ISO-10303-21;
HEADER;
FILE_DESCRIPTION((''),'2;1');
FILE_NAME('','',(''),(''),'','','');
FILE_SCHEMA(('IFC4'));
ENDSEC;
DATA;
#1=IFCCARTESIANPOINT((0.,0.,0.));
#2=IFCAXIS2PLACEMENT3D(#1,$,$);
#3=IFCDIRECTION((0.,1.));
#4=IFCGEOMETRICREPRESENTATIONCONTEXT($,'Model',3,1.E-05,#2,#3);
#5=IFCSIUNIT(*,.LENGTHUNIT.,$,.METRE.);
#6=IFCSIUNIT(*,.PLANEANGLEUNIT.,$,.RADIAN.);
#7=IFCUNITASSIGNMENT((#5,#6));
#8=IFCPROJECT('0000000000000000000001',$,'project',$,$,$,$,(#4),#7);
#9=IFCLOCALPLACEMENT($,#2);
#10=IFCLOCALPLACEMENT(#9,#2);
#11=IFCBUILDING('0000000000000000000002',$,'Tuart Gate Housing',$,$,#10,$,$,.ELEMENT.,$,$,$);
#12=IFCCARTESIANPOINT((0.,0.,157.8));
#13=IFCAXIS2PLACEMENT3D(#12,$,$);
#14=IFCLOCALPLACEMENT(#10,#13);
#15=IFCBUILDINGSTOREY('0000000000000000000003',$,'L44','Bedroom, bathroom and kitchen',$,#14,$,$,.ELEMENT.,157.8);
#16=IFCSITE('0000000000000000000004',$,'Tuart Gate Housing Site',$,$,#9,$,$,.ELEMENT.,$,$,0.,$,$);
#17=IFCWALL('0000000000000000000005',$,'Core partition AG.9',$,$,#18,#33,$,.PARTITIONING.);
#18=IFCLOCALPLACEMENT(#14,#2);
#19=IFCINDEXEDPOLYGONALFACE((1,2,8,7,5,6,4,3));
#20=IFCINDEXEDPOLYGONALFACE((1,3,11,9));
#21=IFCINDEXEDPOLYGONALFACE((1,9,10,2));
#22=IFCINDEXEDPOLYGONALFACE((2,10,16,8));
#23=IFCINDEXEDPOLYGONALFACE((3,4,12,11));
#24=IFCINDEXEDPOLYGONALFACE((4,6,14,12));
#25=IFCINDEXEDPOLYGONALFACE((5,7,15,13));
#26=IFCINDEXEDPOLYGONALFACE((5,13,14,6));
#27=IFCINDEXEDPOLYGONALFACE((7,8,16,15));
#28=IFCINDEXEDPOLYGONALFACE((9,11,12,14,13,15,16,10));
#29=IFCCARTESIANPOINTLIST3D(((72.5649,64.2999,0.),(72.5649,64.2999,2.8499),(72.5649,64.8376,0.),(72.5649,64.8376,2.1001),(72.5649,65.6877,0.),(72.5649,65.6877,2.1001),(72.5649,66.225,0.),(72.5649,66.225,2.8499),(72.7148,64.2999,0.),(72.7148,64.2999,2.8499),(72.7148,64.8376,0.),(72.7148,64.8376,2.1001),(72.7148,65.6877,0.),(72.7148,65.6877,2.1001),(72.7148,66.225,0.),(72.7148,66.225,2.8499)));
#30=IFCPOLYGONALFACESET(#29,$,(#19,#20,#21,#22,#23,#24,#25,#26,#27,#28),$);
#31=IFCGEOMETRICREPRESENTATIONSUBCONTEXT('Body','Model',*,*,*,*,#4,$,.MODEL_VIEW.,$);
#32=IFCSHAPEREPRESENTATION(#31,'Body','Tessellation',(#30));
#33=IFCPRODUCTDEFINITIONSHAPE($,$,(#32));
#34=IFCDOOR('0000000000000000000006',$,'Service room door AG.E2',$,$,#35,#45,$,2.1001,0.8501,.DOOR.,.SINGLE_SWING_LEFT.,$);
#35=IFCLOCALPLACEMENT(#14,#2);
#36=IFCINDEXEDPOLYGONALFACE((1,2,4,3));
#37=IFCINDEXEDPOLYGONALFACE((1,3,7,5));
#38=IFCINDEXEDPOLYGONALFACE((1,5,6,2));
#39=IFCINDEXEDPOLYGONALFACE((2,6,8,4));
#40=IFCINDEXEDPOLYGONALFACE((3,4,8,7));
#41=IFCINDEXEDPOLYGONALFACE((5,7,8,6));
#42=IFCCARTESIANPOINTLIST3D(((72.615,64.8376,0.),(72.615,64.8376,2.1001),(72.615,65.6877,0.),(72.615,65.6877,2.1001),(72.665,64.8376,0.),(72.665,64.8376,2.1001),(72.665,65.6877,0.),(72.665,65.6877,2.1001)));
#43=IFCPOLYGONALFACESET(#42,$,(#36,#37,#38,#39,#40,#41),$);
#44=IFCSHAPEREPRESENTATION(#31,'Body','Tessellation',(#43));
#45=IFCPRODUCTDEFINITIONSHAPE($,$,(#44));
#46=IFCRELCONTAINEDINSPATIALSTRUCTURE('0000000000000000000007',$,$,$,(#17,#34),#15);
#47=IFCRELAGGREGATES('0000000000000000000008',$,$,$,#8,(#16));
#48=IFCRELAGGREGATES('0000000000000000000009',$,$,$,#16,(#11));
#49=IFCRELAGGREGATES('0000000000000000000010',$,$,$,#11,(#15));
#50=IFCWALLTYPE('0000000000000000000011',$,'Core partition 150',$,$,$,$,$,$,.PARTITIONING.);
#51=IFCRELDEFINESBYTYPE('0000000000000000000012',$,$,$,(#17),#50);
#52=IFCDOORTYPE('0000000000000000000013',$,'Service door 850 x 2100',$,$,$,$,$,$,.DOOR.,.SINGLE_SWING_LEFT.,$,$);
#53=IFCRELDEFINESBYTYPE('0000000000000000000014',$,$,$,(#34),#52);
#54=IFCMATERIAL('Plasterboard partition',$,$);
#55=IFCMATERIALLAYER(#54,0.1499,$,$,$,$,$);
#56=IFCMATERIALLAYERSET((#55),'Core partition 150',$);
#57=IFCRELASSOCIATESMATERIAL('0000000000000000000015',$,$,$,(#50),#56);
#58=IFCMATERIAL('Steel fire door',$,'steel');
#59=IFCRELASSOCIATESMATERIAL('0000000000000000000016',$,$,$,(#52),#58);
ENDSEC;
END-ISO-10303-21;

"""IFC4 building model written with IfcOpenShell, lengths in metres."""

from ifc_helpers import new_model, si_unit, direction, frame, frame_2d, origin, place, context, subcontext, project, spatial, rectangle, extrude, material, layer, layer_set, type_object, element, fill, save


model = new_model("IFC4")

# Units and contexts
model_context = context("Model", 3, precision=1e-05, world=origin(), true_north=direction((0.0, 1.0)))
body_context = subcontext(model_context, "Body", "Model", "MODEL_VIEW")
ifc_project = project(units=[si_unit("LENGTHUNIT", "METRE"), si_unit("PLANEANGLEUNIT", "RADIAN")], contexts=[model_context])

# Site, building, storey
site_placement = place(None, origin())
site = spatial("IfcSite", under=ifc_project, at=site_placement, Name="Tuart Gate Housing Site", CompositionType="ELEMENT", RefElevation=0.0)
building_placement = place(site_placement, origin())
building = spatial("IfcBuilding", under=site, at=building_placement, Name="Tuart Gate Housing", CompositionType="ELEMENT")
storey_placement = place(building_placement, frame((0.0, 0.0, 157.8)))
storey = spatial("IfcBuildingStorey", under=building, at=storey_placement, Name="L44", Description="Bedroom, bathroom and kitchen", CompositionType="ELEMENT", Elevation=157.8)

# Wall, opening, door
ifc_material_1 = material(Name="Plasterboard partition")
ifc_layer_1 = layer(ifc_material_1, 0.1499)
ifc_layer_set_1 = layer_set([ifc_layer_1], Name="Core partition 150")
wall_type_1 = type_object("IfcWallType", Name="Core partition 150", PredefinedType="PARTITIONING", material=ifc_layer_set_1)
wall_1_placement = place(storey_placement, frame((72.6399, 64.3, 0.0), z_axis=(0.0, 0.0, 1.0), x_axis=(0.0, 1.0, 0.0)))
wall_1 = element("IfcWall", 1, at=wall_1_placement, inside=storey, type_object=wall_type_1, Name="Core partition AG.9", PredefinedType="PARTITIONING", context=body_context, shape_type="SweptSolid", body=[
    extrude(rectangle(XDim=1.925, YDim=0.1499, at=frame_2d((0.9624, 0.0))), origin(), (0.0, 0.0, 1.0), 2.8499),
])
opening_1_placement = place(wall_1_placement, frame((0.5376, 0.0, 0.0)))
opening_1 = element("IfcOpeningElement", 2, at=opening_1_placement, cuts=wall_1, PredefinedType="OPENING", context=body_context, shape_type="SweptSolid", body=[
    extrude(rectangle(XDim=0.8501, YDim=2.1001, at=frame_2d((0.425, 1.05))), frame((0.0, 0.085, 0.0), z_axis=(0.0, -1.0, 0.0), x_axis=(1.0, 0.0, 0.0)), (0.0, 0.0, 1.0), 0.1699),
])
ifc_material_2 = material(Name="Steel fire door", Category="steel")
door_type = type_object("IfcDoorType", Name="Service door 850 x 2100", OperationType="SINGLE_SWING_LEFT", PredefinedType="DOOR", material=ifc_material_2)
door_placement = place(opening_1_placement, origin())
door = element("IfcDoor", 3, at=door_placement, inside=storey, type_object=door_type, Name="Service room door AG.E2", OperationType="SINGLE_SWING_LEFT", OverallHeight=2.1001, OverallWidth=0.8501, PredefinedType="DOOR", context=body_context, shape_type="SweptSolid", body=[
    extrude(rectangle(XDim=0.8501, YDim=2.1001, at=frame_2d((0.425, 1.05))), frame((0.0, 0.0249, 0.0), z_axis=(0.0, -1.0, 0.0), x_axis=(1.0, 0.0, 0.0)), (0.0, 0.0, 1.0), 0.05),
])
fill(opening_1, door)

save(model, "model.ifc")
